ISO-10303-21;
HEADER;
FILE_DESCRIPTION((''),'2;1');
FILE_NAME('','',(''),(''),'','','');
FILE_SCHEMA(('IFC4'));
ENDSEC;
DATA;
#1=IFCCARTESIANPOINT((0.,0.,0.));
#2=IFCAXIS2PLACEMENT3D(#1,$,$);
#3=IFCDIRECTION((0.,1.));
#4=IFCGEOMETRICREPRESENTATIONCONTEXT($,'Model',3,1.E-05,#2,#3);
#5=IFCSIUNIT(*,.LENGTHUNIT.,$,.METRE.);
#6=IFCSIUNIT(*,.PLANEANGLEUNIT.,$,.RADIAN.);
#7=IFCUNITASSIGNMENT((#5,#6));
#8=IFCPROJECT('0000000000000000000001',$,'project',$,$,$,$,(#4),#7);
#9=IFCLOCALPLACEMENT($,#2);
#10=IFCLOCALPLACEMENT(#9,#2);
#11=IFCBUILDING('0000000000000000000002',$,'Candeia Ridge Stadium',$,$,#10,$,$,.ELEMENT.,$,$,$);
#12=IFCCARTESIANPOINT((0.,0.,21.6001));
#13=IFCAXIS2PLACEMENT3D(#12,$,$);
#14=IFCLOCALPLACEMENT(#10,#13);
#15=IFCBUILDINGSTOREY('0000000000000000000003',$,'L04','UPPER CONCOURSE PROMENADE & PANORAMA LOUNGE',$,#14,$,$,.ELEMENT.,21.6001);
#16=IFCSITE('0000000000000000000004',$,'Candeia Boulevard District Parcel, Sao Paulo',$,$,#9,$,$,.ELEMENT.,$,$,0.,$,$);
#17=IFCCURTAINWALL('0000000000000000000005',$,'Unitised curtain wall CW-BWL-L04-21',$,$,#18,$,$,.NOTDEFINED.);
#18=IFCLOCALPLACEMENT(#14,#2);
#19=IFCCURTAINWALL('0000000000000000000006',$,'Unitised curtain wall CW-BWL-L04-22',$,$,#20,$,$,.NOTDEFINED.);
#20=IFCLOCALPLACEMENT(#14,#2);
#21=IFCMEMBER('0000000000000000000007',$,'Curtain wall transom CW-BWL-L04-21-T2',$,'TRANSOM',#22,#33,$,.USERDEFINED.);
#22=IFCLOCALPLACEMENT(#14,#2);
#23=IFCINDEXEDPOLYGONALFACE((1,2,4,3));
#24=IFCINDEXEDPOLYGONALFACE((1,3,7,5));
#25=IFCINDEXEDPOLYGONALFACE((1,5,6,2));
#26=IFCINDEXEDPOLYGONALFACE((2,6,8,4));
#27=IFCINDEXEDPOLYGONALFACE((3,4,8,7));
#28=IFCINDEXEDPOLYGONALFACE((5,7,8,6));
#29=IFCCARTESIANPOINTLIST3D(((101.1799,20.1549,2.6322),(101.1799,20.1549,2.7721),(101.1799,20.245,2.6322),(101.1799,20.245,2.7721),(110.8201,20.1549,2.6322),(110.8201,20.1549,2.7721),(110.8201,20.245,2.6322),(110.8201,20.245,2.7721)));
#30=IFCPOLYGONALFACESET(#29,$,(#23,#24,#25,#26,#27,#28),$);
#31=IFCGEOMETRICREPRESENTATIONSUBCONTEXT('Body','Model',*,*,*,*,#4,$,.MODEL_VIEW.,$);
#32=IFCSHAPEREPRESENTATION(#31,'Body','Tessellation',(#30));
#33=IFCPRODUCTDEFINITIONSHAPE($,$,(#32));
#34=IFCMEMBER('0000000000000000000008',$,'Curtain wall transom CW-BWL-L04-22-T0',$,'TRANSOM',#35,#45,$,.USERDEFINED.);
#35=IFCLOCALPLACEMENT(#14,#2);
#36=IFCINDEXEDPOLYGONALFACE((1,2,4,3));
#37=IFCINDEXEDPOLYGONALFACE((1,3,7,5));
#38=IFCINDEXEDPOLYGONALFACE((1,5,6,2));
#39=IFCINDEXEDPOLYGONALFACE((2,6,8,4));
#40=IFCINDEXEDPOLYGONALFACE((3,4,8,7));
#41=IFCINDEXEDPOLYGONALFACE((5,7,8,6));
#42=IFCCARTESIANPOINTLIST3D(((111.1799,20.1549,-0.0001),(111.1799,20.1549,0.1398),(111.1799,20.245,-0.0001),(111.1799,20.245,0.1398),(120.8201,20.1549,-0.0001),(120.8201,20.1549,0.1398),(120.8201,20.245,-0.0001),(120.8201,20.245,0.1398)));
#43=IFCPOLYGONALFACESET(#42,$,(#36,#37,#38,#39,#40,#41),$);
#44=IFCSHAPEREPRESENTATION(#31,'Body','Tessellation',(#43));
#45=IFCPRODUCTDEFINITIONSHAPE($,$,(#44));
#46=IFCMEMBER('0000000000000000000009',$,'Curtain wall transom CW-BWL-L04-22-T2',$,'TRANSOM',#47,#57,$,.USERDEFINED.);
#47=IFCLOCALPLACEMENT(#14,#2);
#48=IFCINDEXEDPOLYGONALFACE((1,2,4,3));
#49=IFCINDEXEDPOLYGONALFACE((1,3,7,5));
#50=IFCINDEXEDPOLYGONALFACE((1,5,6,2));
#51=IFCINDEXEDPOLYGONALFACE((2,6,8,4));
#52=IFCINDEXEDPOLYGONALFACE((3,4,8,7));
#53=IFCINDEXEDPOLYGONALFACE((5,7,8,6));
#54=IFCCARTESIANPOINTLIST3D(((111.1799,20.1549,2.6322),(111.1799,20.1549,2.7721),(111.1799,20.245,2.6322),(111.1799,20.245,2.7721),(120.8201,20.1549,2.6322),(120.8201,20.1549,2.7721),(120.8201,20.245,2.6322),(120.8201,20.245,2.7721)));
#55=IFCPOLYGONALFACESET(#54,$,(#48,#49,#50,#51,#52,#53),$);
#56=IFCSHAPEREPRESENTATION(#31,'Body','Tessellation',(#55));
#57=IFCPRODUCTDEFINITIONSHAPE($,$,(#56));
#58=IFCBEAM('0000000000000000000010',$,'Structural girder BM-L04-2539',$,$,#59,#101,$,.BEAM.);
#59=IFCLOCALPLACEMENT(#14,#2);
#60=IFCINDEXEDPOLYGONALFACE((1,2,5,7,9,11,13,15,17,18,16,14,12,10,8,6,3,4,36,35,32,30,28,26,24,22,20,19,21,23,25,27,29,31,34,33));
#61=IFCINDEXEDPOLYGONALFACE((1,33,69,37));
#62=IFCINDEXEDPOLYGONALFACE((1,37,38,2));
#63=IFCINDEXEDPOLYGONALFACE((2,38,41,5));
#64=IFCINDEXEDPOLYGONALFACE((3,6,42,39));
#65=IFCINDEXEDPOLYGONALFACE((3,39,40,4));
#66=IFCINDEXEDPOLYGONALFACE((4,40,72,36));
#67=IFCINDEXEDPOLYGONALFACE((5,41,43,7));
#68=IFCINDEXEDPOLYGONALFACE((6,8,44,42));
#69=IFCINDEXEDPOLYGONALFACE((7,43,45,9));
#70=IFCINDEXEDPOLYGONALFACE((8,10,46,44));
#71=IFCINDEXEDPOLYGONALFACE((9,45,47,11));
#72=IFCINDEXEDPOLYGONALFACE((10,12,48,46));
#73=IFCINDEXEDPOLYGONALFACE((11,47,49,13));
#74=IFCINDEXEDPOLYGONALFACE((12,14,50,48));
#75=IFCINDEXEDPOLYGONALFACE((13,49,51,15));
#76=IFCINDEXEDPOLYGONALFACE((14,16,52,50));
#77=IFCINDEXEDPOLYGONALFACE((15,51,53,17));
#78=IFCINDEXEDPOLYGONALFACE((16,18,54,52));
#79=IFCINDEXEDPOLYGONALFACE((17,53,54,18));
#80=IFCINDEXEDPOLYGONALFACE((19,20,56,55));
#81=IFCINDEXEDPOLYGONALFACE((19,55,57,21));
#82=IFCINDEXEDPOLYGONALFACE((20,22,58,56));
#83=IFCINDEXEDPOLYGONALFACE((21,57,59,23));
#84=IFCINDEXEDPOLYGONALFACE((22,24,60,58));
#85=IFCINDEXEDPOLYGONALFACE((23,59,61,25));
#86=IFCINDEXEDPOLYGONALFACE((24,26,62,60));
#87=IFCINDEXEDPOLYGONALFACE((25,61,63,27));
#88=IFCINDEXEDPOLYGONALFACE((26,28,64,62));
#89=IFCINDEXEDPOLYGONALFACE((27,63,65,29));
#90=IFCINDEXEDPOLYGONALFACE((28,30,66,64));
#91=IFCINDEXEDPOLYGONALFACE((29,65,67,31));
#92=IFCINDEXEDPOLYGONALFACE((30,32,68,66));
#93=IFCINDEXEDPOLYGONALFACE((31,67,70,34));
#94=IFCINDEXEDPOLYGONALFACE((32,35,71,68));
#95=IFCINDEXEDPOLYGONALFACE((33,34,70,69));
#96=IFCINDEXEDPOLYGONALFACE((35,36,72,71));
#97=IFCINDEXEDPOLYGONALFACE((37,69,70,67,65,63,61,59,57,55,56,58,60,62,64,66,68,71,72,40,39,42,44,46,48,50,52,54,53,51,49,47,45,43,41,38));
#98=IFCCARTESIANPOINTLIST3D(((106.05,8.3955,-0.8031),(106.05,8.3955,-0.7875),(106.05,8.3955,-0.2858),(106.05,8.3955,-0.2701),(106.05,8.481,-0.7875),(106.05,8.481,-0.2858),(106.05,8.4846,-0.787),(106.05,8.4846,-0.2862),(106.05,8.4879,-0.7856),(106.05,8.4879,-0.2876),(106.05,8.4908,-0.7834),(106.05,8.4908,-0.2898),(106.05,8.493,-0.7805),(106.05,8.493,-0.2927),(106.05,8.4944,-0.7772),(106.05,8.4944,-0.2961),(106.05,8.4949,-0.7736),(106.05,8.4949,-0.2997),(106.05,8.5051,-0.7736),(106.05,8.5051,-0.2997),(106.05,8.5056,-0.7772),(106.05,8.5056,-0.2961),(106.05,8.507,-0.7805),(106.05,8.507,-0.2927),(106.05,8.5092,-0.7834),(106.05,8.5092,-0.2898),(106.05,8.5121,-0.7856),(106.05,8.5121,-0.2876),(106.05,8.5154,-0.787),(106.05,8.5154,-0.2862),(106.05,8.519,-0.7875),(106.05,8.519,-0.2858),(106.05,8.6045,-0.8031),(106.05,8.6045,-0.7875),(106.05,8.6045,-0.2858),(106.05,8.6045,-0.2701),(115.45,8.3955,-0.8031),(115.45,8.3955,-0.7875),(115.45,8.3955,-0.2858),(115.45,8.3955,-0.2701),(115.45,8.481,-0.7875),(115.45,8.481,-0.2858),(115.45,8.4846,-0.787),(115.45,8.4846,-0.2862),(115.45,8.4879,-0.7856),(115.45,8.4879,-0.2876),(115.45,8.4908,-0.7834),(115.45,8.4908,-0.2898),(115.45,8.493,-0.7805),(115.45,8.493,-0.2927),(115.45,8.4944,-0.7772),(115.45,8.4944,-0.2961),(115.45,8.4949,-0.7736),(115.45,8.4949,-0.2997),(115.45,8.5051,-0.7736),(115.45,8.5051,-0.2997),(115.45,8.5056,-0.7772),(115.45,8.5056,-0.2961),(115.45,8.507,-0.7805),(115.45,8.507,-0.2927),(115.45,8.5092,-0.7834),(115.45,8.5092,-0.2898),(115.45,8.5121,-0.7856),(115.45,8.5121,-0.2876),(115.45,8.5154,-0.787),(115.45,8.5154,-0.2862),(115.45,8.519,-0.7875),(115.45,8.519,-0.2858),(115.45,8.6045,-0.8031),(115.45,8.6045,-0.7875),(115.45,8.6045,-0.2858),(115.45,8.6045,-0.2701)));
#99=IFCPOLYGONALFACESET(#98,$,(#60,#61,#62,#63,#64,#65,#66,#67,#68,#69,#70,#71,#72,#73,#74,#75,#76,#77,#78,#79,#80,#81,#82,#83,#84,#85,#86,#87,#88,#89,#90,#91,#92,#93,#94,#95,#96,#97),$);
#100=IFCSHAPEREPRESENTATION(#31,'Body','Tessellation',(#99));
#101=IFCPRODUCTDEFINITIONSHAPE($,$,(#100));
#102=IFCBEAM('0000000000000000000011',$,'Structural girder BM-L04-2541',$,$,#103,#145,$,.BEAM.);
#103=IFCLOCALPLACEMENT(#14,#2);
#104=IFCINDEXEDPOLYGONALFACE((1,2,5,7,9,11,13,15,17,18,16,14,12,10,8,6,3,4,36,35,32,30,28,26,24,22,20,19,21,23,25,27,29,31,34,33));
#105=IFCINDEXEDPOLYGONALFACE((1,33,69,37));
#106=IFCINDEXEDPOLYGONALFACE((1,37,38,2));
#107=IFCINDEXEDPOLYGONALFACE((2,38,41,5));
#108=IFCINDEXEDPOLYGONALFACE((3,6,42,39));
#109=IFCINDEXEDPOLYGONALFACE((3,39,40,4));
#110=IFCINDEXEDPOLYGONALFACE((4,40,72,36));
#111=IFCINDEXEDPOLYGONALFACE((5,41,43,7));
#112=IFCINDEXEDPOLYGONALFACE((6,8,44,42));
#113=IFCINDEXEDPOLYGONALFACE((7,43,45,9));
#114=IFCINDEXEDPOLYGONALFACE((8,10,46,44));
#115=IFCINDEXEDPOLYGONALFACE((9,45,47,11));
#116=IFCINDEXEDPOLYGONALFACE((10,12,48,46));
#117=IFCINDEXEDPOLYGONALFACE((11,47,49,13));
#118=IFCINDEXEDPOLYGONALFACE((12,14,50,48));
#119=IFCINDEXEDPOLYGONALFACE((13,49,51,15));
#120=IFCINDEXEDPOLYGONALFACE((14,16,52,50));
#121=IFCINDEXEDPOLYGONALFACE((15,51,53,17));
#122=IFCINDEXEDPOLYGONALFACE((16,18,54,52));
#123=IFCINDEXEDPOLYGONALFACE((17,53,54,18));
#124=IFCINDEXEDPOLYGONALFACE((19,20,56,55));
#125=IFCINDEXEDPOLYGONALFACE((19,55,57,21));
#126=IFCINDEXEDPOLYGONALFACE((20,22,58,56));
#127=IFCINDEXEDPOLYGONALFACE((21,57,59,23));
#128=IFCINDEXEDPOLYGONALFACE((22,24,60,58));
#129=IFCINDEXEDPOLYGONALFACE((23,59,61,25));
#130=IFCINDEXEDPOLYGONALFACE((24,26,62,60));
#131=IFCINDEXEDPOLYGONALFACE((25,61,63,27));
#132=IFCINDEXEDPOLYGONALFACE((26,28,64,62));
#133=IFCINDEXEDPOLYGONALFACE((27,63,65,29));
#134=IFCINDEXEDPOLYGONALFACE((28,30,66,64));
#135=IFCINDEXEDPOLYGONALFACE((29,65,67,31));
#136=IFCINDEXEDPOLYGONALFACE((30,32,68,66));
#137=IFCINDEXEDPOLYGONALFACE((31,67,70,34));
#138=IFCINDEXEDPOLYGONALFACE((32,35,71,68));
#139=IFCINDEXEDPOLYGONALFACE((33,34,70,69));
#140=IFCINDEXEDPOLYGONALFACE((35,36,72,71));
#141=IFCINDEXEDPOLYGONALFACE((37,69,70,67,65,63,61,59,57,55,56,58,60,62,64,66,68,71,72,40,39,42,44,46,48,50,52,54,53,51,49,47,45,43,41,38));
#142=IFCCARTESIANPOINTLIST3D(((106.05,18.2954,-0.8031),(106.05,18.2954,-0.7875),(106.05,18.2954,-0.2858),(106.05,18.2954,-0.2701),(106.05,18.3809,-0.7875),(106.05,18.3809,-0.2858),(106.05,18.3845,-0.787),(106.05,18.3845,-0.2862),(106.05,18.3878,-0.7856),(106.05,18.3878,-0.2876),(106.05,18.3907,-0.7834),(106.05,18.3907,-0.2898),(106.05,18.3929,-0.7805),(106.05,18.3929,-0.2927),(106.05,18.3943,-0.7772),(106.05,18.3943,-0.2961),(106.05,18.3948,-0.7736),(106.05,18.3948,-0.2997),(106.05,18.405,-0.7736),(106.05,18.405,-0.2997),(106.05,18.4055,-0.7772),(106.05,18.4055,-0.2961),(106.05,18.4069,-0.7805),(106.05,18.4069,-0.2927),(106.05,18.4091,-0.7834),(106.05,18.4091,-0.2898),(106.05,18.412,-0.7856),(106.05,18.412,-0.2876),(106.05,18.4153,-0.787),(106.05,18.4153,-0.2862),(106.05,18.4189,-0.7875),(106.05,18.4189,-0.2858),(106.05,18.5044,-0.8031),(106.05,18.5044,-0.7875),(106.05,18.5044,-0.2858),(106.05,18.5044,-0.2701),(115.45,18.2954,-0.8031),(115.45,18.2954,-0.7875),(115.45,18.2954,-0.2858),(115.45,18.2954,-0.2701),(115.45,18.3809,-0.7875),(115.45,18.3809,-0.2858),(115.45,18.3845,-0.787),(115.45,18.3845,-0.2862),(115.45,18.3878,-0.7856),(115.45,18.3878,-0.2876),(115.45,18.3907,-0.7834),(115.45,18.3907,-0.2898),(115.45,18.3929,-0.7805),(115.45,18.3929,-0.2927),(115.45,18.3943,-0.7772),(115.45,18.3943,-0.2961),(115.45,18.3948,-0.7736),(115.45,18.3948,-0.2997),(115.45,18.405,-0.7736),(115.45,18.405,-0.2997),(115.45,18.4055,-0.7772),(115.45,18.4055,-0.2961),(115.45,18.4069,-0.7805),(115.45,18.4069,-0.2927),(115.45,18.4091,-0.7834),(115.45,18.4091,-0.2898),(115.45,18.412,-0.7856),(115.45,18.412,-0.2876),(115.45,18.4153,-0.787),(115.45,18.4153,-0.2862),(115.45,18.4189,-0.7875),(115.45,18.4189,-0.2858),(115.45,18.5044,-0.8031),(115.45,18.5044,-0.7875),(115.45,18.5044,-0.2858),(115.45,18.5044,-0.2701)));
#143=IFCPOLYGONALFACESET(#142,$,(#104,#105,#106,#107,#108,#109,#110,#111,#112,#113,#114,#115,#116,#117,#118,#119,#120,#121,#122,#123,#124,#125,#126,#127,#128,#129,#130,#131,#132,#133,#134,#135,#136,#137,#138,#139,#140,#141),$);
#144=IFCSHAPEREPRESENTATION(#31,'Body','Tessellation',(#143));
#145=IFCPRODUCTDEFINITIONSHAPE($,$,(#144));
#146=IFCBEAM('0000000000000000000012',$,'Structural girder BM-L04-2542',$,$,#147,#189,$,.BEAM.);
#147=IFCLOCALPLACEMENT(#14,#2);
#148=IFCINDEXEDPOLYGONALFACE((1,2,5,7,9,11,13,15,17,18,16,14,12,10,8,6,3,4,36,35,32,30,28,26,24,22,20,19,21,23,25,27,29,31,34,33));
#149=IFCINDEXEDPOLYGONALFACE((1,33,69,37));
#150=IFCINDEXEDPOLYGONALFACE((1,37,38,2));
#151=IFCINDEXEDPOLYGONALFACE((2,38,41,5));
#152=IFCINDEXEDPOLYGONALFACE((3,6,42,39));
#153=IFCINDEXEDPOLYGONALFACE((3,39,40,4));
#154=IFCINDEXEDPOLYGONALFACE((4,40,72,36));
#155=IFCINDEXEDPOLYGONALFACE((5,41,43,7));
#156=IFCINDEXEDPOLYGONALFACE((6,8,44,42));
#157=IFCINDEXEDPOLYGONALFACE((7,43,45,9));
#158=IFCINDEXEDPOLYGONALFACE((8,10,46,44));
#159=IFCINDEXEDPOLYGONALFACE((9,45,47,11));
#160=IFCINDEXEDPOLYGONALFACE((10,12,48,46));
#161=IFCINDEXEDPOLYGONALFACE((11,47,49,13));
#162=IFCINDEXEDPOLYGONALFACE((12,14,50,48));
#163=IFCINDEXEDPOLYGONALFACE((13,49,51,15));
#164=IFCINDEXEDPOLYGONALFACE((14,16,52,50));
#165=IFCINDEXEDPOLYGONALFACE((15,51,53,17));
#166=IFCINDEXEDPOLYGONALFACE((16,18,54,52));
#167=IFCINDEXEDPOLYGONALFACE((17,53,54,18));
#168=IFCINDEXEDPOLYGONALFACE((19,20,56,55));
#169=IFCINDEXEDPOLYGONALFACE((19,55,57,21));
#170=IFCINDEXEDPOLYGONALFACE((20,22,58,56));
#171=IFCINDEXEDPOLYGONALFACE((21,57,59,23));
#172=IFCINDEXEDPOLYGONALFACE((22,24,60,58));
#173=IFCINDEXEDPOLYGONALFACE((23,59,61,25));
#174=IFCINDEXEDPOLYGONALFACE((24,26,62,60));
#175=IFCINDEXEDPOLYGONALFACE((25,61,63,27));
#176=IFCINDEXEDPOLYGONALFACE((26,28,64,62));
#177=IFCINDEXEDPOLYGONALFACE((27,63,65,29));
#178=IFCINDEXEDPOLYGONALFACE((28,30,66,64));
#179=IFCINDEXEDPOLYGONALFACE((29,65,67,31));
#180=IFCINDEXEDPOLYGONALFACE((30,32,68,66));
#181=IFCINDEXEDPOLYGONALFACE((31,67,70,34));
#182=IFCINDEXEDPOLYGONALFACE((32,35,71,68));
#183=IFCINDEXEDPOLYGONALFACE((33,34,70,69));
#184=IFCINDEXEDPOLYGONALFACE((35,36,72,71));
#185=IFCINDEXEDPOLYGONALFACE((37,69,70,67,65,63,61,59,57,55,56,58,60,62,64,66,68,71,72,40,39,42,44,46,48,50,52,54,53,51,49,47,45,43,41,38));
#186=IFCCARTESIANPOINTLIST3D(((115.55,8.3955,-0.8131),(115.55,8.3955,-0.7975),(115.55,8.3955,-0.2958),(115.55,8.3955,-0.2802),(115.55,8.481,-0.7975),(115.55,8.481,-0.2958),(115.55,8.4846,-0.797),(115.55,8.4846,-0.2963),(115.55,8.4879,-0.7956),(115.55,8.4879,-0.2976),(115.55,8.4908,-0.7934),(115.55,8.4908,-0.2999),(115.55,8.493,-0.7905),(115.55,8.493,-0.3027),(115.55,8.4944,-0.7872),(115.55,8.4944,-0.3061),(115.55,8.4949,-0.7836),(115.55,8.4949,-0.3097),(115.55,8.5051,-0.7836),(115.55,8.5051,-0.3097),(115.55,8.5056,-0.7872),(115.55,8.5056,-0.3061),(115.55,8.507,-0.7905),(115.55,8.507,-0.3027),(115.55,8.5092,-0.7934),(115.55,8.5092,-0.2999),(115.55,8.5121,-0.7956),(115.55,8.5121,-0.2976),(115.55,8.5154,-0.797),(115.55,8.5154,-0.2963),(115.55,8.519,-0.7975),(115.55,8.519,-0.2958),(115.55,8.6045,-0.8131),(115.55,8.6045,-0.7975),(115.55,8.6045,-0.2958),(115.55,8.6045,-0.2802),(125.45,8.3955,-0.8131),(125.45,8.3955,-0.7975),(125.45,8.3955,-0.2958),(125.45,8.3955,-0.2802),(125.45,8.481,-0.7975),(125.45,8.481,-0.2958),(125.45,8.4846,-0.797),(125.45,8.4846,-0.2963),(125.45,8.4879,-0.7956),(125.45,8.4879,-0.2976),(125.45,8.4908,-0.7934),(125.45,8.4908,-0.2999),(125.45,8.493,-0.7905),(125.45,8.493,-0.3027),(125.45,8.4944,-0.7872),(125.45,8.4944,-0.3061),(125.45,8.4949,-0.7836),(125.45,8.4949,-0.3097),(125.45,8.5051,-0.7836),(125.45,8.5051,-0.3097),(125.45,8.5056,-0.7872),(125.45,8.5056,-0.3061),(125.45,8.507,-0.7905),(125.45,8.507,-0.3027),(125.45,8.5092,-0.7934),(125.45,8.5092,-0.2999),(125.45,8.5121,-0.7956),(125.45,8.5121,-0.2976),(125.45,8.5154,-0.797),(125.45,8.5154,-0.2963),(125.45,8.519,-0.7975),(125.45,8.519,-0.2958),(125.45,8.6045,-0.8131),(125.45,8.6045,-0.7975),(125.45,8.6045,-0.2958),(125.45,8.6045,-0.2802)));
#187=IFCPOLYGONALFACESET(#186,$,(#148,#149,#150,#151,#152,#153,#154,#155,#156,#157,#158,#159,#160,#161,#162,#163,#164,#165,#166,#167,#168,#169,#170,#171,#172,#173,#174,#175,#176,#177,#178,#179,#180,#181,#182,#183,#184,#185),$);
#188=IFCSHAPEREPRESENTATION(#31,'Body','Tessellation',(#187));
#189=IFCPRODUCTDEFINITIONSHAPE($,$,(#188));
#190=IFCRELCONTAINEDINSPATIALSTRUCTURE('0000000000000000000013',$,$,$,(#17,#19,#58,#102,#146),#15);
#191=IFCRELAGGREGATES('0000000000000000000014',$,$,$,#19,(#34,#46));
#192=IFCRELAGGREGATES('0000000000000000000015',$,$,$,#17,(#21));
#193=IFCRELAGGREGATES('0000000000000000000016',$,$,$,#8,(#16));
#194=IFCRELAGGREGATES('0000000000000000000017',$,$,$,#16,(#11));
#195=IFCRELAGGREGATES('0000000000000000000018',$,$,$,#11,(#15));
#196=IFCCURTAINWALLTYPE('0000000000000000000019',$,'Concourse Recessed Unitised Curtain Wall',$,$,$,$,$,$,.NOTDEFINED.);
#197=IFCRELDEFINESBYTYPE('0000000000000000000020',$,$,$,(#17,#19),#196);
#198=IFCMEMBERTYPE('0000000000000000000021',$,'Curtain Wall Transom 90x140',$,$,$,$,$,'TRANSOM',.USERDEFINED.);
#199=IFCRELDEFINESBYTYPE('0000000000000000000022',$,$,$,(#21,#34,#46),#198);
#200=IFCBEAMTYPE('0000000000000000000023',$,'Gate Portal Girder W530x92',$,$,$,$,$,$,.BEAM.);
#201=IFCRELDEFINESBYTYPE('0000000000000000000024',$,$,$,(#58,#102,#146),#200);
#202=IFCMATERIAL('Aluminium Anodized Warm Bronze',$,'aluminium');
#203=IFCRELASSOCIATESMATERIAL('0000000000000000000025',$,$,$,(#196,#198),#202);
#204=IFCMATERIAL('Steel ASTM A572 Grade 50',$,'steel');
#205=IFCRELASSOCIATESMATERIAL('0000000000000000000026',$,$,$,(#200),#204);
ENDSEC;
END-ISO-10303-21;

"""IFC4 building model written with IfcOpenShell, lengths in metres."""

from ifc_helpers import new_model, si_unit, direction, frame, origin, origin_2d, place, context, subcontext, project, spatial, rectangle, i_section, extrude, material, material_profile, profile_set, type_object, element, aggregate, save


model = new_model("IFC4")

# Units and contexts
model_context = context("Model", 3, precision=1e-05, world=origin(), true_north=direction((0.0, 1.0)))
body_context = subcontext(model_context, "Body", "Model", "MODEL_VIEW")
ifc_project = project(units=[si_unit("LENGTHUNIT", "METRE"), si_unit("PLANEANGLEUNIT", "RADIAN")], contexts=[model_context])

# Site, building, storey
site_placement = place(None, origin())
site = spatial("IfcSite", under=ifc_project, at=site_placement, Name="Candeia Boulevard District Parcel, Sao Paulo", CompositionType="ELEMENT", RefElevation=0.0)
building_placement = place(site_placement, origin())
building = spatial("IfcBuilding", under=site, at=building_placement, Name="Candeia Ridge Stadium", CompositionType="ELEMENT")
storey_placement = place(building_placement, frame((0.0, 0.0, 21.6001)))
storey = spatial("IfcBuildingStorey", under=building, at=storey_placement, Name="L04", Description="UPPER CONCOURSE PROMENADE & PANORAMA LOUNGE", CompositionType="ELEMENT", Elevation=21.6001)

# Shared definitions
ifc_material_1 = material(Name="Steel ASTM A572 Grade 50", Category="steel")

# Curtain walls
ifc_material_2 = material(Name="Aluminium Anodized Warm Bronze", Category="aluminium")
curtain_wall_type = type_object("IfcCurtainWallType", Name="Concourse Recessed Unitised Curtain Wall", PredefinedType="NOTDEFINED", material=ifc_material_2)
curtain_wall_1_placement = place(storey_placement, origin())
curtain_wall_1 = element("IfcCurtainWall", 1, at=curtain_wall_1_placement, inside=storey, type_object=curtain_wall_type, Name="Unitised curtain wall CW-BWL-L04-21", PredefinedType="NOTDEFINED")
curtain_wall_2_placement = place(storey_placement, origin())
curtain_wall_2 = element("IfcCurtainWall", 2, at=curtain_wall_2_placement, inside=storey, type_object=curtain_wall_type, Name="Unitised curtain wall CW-BWL-L04-22", PredefinedType="NOTDEFINED")

# Members
ifc_material_profile_1 = material_profile(ifc_material_2, rectangle(XDim=0.0901, YDim=0.1399, at=origin_2d()), Name="CWT-90x140", Category="aluminium")
ifc_profile_set_1 = profile_set([ifc_material_profile_1], Name="Aluminium Anodized Warm Bronze")
member_type_1 = type_object("IfcMemberType", Name="Curtain Wall Transom 90x140", ElementType="TRANSOM", PredefinedType="USERDEFINED", material=ifc_profile_set_1)
member_1_placement = place(storey_placement, frame((101.1799, 20.2, 2.7021), z_axis=(1.0, 0.0, 0.0), x_axis=(0.0, 1.0, 0.0)))
member_1 = element("IfcMember", 3, at=member_1_placement, type_object=member_type_1, Name="Curtain wall transom CW-BWL-L04-21-T2", ObjectType="TRANSOM", PredefinedType="USERDEFINED", context=body_context, shape_type="SweptSolid", body=[
    extrude(rectangle(XDim=0.0901, YDim=0.1399, at=origin_2d()), origin(), (0.0, 0.0, 1.0), 9.6401),
])
member_2_placement = place(storey_placement, frame((111.1799, 20.2, 0.0698), z_axis=(1.0, 0.0, 0.0), x_axis=(0.0, 1.0, 0.0)))
member_2 = element("IfcMember", 4, at=member_2_placement, type_object=member_type_1, Name="Curtain wall transom CW-BWL-L04-22-T0", ObjectType="TRANSOM", PredefinedType="USERDEFINED", context=body_context, shape_type="SweptSolid", body=[
    extrude(rectangle(XDim=0.0901, YDim=0.1399, at=origin_2d()), origin(), (0.0, 0.0, 1.0), 9.6401),
])
member_3_placement = place(storey_placement, frame((111.1799, 20.2, 2.7021), z_axis=(1.0, 0.0, 0.0), x_axis=(0.0, 1.0, 0.0)))
member_3 = element("IfcMember", 5, at=member_3_placement, type_object=member_type_1, Name="Curtain wall transom CW-BWL-L04-22-T2", ObjectType="TRANSOM", PredefinedType="USERDEFINED", context=body_context, shape_type="SweptSolid", body=[
    extrude(rectangle(XDim=0.0901, YDim=0.1399, at=origin_2d()), origin(), (0.0, 0.0, 1.0), 9.6401),
])

# Beams
ifc_material_profile_2 = material_profile(ifc_material_1, i_section(OverallWidth=0.209, OverallDepth=0.533, WebThickness=0.0103, FlangeThickness=0.0156, FilletRadius=0.0139, at=origin_2d()), Name="W530x92", Category="steel")
ifc_profile_set_2 = profile_set([ifc_material_profile_2], Name="Steel ASTM A572 Grade 50")
beam_type_1 = type_object("IfcBeamType", Name="Gate Portal Girder W530x92", PredefinedType="BEAM", material=ifc_profile_set_2)
for number, where, z_axis, x_axis, name in (
    (6, (106.05, 8.5, -0.5366), (1.0, 0.0, 0.0), (0.0, 1.0, 0.0), "Structural girder BM-L04-2539"),
    (7, (106.05, 18.3999, -0.5366), (1.0, 0.0, 0.0), (0.0, 1.0, 0.0), "Structural girder BM-L04-2541"),
):
    element("IfcBeam", number, at=place(storey_placement, frame(where, z_axis=z_axis, x_axis=x_axis)), inside=storey, type_object=beam_type_1, Name=name, PredefinedType="BEAM", context=body_context, shape_type="SweptSolid", body=[
        extrude(i_section(OverallWidth=0.209, OverallDepth=0.533, WebThickness=0.0103, FlangeThickness=0.0156, FilletRadius=0.0139, at=origin_2d()), origin(), (0.0, 0.0, 1.0), 9.3999),
    ])
for number, where, z_axis, x_axis, name in (
    (8, (115.55, 8.5, -0.5466), (1.0, 0.0, 0.0), (0.0, 1.0, 0.0), "Structural girder BM-L04-2542"),
):
    element("IfcBeam", number, at=place(storey_placement, frame(where, z_axis=z_axis, x_axis=x_axis)), inside=storey, type_object=beam_type_1, Name=name, PredefinedType="BEAM", context=body_context, shape_type="SweptSolid", body=[
        extrude(i_section(OverallWidth=0.209, OverallDepth=0.533, WebThickness=0.0103, FlangeThickness=0.0156, FilletRadius=0.0139, at=origin_2d()), origin(), (0.0, 0.0, 1.0), 9.8999),
    ])

aggregate(curtain_wall_2, [member_2, member_3])
aggregate(curtain_wall_1, [member_1])

save(model, "model.ifc")
